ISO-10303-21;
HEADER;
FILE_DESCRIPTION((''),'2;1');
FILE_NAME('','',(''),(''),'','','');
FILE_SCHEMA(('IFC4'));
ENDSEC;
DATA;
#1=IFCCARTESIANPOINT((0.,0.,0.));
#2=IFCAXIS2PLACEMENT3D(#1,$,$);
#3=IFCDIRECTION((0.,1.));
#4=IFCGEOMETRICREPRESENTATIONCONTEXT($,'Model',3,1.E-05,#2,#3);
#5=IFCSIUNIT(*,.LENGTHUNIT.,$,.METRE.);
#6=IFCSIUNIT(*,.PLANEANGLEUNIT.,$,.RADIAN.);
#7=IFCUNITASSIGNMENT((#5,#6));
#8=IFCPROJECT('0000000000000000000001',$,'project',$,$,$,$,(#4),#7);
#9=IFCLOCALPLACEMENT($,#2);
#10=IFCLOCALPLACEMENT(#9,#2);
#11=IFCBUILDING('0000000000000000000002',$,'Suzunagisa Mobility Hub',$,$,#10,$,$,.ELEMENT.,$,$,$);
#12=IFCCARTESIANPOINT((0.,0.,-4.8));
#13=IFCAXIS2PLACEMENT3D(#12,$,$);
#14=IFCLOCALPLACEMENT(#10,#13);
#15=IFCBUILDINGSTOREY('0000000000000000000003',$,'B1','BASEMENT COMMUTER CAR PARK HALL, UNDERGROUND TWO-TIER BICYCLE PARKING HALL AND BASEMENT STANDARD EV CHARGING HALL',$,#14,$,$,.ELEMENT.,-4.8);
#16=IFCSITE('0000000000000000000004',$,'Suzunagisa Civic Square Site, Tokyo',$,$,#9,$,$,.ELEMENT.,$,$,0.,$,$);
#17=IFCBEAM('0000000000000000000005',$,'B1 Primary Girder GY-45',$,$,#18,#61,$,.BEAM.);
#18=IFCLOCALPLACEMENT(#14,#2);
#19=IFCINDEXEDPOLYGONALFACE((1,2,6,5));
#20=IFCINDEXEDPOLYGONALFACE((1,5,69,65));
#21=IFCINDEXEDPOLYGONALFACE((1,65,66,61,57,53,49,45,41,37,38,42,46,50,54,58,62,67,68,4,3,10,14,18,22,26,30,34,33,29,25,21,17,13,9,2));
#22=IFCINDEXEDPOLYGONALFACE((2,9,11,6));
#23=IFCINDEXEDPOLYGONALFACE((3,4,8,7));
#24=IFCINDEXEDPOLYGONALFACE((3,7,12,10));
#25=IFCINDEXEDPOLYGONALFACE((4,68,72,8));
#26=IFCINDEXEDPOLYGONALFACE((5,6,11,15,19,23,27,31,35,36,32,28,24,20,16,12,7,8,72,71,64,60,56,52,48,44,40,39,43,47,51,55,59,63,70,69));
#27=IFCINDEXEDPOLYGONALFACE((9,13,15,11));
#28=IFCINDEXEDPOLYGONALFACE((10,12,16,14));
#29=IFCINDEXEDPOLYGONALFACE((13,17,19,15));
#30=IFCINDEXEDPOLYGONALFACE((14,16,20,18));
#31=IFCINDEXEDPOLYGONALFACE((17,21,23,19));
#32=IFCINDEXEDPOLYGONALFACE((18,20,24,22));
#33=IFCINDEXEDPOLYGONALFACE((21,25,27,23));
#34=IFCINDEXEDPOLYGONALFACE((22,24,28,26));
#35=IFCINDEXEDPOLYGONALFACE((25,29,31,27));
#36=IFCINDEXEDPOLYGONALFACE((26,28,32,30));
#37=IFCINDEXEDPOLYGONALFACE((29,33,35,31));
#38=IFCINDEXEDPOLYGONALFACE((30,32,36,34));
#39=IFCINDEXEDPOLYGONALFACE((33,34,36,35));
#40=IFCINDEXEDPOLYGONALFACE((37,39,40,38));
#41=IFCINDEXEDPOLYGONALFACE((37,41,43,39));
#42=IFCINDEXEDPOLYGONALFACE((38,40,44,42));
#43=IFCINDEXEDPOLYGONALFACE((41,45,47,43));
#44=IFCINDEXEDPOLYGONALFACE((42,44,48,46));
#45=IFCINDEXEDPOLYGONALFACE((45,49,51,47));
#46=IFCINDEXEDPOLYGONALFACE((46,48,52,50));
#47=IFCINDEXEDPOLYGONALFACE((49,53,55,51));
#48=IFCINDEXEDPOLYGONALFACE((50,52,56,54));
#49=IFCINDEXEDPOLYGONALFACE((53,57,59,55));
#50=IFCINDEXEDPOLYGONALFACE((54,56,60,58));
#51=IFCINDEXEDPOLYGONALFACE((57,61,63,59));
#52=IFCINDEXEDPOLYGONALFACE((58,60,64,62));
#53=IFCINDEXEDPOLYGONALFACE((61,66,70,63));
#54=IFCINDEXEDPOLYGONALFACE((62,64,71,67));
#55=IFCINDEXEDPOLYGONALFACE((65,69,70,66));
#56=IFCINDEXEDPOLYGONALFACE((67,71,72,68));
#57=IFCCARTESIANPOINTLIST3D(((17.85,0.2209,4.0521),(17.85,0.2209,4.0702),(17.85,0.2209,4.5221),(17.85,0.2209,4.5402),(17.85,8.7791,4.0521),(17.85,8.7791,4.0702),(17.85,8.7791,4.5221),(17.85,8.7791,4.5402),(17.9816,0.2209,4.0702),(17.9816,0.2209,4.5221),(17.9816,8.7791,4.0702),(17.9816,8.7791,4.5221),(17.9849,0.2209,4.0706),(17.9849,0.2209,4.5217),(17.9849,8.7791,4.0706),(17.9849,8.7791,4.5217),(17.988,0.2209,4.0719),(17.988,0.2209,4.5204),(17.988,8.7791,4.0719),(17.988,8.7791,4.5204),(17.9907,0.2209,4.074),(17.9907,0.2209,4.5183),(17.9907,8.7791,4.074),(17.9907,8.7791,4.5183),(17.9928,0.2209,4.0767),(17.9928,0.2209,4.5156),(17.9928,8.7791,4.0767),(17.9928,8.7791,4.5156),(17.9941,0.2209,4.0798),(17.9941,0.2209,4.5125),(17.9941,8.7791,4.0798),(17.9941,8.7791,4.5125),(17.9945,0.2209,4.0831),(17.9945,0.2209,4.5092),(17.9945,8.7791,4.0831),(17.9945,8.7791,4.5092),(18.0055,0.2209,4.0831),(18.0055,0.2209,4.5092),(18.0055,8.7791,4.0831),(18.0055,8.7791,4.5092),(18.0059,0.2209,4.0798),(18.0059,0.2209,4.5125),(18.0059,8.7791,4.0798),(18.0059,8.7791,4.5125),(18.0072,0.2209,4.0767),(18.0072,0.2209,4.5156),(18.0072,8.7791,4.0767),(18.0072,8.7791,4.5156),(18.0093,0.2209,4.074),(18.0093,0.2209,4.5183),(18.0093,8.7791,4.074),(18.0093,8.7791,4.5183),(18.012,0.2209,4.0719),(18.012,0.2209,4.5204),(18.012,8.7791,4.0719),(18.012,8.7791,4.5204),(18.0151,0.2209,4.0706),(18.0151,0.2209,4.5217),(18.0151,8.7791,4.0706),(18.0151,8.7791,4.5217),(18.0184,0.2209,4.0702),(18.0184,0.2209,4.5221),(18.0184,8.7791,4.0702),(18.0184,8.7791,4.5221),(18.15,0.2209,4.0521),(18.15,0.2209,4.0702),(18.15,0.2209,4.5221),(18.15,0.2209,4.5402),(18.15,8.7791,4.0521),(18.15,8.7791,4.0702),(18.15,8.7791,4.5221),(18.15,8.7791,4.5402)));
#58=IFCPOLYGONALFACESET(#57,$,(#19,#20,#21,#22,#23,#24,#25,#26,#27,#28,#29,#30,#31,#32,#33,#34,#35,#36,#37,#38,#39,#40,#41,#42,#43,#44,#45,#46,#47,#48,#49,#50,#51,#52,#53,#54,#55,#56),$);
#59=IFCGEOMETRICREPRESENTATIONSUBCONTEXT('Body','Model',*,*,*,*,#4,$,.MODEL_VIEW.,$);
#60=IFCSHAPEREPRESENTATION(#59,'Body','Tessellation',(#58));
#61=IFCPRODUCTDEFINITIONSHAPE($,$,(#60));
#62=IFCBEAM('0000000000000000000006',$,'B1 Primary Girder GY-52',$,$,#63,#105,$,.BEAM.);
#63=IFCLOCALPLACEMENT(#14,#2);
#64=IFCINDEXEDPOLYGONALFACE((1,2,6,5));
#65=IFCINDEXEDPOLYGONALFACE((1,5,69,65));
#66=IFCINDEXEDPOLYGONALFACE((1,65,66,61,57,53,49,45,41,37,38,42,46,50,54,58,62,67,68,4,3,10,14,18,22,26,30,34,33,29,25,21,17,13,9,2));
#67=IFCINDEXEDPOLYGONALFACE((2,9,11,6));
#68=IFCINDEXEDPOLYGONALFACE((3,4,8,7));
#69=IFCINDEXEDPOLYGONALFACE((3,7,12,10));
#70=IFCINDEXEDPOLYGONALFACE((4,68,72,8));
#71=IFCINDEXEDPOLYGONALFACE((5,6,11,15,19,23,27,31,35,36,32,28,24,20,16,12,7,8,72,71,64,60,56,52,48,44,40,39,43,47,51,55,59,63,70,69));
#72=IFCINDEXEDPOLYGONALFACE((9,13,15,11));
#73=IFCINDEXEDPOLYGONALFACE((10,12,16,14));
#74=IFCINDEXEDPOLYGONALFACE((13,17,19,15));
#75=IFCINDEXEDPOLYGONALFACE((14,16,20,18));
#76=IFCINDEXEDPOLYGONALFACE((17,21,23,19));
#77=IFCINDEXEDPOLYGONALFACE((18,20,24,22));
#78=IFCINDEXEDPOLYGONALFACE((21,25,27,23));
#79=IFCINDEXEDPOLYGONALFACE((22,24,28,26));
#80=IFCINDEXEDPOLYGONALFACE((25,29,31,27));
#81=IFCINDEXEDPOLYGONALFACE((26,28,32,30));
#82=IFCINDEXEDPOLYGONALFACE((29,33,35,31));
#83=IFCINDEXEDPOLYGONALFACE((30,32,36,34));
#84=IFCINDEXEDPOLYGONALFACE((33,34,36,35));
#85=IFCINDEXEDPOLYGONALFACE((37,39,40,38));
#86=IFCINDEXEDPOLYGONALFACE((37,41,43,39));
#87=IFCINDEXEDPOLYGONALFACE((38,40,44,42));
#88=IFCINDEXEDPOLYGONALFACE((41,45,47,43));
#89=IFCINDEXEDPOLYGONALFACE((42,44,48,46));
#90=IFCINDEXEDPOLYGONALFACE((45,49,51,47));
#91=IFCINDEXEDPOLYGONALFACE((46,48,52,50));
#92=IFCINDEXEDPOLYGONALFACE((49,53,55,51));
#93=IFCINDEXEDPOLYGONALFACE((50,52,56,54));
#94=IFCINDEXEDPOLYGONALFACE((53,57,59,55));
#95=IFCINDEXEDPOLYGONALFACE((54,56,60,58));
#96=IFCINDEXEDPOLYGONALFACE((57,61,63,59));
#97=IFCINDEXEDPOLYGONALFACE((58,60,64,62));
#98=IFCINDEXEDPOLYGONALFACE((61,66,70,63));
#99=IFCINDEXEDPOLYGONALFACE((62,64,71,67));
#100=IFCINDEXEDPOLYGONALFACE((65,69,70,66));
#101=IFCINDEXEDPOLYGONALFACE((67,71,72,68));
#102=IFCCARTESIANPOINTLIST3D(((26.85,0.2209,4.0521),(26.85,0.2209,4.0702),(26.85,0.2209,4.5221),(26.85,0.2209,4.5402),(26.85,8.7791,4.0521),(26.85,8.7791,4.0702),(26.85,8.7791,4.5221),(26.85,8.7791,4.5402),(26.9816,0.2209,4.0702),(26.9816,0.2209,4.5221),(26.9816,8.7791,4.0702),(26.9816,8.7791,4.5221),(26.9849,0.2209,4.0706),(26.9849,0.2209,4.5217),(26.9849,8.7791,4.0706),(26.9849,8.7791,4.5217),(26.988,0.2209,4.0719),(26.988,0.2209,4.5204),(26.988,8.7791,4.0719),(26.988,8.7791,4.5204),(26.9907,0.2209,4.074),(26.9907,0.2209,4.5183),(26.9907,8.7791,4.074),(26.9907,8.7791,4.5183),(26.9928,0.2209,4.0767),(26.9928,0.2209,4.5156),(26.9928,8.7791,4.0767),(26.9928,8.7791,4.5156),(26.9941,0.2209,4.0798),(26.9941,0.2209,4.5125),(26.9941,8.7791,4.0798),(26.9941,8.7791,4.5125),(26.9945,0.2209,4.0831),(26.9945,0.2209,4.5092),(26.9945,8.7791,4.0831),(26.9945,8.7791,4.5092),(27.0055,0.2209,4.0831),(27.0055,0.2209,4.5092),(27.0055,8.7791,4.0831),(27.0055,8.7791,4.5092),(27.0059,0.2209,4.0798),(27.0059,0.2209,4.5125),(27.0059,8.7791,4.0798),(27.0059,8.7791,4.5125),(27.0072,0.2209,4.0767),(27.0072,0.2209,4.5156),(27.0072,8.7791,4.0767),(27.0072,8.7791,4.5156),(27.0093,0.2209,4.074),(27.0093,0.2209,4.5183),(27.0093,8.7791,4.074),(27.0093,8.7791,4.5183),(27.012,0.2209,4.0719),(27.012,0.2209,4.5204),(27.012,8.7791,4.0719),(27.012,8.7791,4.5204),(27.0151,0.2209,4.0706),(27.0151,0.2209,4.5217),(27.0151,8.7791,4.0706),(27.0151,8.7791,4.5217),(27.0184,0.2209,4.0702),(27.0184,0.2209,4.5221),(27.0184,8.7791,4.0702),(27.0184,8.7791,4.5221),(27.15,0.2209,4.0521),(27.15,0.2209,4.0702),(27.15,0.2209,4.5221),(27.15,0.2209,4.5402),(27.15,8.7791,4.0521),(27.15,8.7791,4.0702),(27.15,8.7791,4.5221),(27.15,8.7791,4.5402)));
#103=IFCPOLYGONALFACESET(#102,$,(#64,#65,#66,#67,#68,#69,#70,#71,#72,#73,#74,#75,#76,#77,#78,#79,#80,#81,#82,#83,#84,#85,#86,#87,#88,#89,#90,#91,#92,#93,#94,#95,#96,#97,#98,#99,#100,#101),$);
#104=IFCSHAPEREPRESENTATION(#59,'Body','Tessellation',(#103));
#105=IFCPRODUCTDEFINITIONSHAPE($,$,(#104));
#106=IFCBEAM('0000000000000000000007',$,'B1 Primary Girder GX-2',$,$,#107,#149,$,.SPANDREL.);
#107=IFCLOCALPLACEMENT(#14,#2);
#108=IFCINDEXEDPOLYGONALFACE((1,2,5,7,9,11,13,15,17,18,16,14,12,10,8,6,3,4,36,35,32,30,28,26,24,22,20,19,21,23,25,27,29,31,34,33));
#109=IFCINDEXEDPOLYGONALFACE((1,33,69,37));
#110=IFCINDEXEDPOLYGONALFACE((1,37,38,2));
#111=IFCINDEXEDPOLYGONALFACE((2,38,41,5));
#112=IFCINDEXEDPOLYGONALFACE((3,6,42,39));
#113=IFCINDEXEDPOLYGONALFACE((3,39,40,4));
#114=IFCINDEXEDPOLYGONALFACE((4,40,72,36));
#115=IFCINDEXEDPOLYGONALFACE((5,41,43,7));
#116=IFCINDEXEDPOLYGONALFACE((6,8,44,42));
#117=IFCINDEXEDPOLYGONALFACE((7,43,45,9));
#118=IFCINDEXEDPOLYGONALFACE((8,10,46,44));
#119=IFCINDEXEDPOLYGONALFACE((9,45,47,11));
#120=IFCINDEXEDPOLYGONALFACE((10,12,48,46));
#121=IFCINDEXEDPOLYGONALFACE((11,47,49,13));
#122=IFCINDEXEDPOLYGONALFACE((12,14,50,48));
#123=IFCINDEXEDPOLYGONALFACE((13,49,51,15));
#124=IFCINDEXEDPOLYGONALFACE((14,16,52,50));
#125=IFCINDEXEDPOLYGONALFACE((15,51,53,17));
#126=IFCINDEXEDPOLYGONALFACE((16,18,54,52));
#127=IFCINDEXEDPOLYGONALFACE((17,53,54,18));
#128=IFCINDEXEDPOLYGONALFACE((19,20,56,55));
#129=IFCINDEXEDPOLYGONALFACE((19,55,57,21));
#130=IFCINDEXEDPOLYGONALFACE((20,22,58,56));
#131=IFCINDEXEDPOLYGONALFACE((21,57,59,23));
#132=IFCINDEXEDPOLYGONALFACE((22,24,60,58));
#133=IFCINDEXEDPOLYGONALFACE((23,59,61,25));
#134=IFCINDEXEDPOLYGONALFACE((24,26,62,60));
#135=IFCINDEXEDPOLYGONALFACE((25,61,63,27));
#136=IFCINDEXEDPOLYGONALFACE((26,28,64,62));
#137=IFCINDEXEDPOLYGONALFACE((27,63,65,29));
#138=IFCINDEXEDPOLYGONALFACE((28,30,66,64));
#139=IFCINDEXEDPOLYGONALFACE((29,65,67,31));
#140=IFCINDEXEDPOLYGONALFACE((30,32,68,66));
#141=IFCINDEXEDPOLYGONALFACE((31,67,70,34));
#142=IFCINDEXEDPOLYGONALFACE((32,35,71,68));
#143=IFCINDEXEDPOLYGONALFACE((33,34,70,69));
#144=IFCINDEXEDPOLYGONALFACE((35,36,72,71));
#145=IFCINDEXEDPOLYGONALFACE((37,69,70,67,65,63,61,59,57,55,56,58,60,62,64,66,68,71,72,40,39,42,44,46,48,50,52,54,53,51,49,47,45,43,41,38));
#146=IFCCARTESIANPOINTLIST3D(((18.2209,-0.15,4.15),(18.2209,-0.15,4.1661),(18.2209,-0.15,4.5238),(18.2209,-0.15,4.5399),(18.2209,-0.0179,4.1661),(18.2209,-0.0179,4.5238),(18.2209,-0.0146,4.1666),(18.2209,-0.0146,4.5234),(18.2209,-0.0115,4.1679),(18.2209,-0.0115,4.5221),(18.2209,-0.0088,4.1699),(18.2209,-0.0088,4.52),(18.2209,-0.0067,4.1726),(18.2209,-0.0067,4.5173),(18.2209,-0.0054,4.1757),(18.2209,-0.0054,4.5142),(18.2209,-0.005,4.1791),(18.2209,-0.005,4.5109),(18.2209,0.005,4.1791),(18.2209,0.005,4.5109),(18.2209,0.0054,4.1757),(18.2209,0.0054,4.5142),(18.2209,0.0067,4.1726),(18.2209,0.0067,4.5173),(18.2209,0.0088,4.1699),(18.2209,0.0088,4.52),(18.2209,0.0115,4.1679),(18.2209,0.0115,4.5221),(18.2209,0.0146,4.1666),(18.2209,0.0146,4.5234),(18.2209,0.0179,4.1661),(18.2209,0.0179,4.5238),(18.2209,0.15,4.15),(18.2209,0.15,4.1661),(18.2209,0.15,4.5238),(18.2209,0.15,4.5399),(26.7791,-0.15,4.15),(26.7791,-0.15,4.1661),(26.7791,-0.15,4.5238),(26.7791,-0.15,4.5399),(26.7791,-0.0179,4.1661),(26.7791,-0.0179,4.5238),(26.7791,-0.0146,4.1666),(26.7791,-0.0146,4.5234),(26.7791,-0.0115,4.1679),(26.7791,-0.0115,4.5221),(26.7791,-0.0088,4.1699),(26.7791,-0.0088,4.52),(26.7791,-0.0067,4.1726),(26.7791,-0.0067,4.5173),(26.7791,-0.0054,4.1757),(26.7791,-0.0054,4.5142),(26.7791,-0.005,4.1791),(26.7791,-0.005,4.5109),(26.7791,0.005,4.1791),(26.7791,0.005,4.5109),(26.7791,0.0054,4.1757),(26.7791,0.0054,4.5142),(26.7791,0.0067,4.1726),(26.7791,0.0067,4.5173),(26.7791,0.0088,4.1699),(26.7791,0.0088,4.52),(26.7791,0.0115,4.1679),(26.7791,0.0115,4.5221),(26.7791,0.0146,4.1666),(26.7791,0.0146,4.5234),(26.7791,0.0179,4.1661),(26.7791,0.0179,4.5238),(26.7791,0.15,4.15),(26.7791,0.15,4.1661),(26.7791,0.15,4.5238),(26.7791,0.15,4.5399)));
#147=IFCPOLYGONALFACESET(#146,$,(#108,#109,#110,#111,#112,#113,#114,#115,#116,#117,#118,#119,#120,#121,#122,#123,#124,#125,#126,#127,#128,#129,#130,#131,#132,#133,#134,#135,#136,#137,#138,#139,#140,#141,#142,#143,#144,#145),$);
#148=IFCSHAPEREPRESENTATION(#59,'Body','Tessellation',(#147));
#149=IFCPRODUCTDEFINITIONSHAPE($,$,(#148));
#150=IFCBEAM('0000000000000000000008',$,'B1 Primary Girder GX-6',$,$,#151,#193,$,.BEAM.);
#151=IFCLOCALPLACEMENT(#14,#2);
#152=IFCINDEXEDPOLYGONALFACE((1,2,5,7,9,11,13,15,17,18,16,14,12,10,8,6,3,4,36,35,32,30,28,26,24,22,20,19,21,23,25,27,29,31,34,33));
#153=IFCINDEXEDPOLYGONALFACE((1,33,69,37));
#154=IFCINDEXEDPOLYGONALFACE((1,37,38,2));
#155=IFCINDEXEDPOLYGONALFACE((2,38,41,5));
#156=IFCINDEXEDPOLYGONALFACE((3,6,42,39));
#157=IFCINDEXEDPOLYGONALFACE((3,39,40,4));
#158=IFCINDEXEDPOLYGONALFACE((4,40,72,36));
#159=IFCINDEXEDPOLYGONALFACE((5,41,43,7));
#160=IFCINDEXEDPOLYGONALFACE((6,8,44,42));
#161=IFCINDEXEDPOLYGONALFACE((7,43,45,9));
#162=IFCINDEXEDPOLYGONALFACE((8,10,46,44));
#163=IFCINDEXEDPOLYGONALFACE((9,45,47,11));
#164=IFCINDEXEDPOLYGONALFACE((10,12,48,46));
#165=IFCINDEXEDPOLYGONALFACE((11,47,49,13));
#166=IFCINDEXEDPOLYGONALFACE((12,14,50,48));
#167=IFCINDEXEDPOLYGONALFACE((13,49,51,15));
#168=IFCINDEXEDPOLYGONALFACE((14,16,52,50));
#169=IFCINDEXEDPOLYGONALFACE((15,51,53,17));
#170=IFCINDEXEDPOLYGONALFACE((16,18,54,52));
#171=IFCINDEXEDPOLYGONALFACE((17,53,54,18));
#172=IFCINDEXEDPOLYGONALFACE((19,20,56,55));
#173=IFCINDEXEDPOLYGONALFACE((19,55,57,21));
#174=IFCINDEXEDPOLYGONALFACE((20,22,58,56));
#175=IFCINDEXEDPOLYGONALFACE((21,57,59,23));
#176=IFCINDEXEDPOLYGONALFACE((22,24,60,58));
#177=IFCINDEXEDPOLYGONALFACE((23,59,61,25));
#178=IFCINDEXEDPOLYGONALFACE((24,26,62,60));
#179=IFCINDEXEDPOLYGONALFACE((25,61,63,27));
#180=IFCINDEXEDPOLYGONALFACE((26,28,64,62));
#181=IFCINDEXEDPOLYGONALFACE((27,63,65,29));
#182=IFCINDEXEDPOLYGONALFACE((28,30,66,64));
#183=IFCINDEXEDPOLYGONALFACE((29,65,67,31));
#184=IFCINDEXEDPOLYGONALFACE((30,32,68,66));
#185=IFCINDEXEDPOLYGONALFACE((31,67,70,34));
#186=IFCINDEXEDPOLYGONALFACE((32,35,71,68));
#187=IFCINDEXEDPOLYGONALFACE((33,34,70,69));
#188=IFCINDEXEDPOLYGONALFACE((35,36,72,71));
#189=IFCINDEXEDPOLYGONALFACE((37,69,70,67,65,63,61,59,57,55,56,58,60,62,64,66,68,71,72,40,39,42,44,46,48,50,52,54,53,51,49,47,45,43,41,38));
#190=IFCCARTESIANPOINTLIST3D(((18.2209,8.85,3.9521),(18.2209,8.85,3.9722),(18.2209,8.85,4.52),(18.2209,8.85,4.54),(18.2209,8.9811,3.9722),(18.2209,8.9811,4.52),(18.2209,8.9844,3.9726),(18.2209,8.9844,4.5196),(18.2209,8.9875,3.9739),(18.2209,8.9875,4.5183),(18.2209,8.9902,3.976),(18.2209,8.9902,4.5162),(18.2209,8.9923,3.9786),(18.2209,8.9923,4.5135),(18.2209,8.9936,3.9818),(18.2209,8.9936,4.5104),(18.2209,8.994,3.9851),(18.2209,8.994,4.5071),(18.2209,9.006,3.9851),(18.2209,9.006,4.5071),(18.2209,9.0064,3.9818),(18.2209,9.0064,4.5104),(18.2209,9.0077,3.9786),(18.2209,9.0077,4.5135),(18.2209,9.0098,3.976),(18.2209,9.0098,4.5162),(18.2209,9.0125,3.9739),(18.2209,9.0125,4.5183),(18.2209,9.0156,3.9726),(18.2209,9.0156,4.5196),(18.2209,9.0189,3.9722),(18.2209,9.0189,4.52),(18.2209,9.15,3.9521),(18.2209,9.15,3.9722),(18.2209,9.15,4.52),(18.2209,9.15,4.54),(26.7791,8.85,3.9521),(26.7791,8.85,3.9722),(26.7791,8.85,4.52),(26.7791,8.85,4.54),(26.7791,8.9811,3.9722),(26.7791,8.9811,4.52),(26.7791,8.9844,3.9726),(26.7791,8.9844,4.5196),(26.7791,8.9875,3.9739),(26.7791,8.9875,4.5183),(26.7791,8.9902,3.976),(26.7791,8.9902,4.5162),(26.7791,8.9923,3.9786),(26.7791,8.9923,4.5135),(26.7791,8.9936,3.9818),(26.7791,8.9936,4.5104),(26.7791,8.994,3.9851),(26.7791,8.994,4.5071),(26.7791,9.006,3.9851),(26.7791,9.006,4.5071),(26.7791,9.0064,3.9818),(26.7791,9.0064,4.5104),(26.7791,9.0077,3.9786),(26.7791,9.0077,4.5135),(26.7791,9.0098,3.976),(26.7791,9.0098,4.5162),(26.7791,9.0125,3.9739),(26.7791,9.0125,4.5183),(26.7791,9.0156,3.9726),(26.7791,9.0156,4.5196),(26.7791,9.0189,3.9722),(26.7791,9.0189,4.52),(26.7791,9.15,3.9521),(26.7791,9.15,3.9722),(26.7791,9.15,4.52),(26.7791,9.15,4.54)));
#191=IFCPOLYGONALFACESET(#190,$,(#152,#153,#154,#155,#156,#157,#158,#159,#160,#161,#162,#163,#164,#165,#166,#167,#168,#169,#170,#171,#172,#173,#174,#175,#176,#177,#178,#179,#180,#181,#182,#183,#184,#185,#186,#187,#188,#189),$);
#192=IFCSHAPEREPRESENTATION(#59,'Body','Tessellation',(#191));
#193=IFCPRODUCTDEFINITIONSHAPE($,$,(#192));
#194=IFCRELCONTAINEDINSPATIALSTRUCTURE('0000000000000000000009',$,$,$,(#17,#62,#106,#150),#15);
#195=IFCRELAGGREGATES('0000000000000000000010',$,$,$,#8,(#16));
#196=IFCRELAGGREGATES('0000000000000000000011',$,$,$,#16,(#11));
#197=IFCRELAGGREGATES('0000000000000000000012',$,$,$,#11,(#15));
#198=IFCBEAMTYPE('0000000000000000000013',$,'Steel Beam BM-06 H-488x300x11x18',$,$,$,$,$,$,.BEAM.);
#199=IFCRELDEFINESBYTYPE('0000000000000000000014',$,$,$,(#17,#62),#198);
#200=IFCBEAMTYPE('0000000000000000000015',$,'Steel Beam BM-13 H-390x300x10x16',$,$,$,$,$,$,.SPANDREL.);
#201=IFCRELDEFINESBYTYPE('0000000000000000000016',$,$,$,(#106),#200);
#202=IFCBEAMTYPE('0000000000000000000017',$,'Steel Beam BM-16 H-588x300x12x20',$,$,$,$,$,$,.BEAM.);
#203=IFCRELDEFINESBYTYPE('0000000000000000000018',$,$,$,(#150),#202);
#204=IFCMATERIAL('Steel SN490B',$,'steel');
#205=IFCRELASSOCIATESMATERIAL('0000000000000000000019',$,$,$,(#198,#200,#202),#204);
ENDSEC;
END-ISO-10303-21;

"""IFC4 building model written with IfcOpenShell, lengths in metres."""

from ifc_helpers import new_model, si_unit, direction, frame, origin, origin_2d, place, context, subcontext, project, spatial, i_section, extrude, material, material_profile, profile_set, type_object, element, save


model = new_model("IFC4")

# Units and contexts
model_context = context("Model", 3, precision=1e-05, world=origin(), true_north=direction((0.0, 1.0)))
body_context = subcontext(model_context, "Body", "Model", "MODEL_VIEW")
ifc_project = project(units=[si_unit("LENGTHUNIT", "METRE"), si_unit("PLANEANGLEUNIT", "RADIAN")], contexts=[model_context])

# Site, building, storey
site_placement = place(None, origin())
site = spatial("IfcSite", under=ifc_project, at=site_placement, Name="Suzunagisa Civic Square Site, Tokyo", CompositionType="ELEMENT", RefElevation=0.0)
building_placement = place(site_placement, origin())
building = spatial("IfcBuilding", under=site, at=building_placement, Name="Suzunagisa Mobility Hub", CompositionType="ELEMENT")
storey_placement = place(building_placement, frame((0.0, 0.0, -4.8)))
storey = spatial("IfcBuildingStorey", under=building, at=storey_placement, Name="B1", Description="BASEMENT COMMUTER CAR PARK HALL, UNDERGROUND TWO-TIER BICYCLE PARKING HALL AND BASEMENT STANDARD EV CHARGING HALL", CompositionType="ELEMENT", Elevation=-4.8)

# Shared definitions
ifc_material_1 = material(Name="Steel SN490B", Category="steel")

# Beams
ifc_material_profile_1 = material_profile(ifc_material_1, i_section(OverallWidth=0.3, OverallDepth=0.488, WebThickness=0.011, FlangeThickness=0.0181, FilletRadius=0.0129, at=origin_2d()), Name="H-488x300x11x18")
ifc_profile_set_1 = profile_set([ifc_material_profile_1], Name="Steel SN490B")
beam_type_1 = type_object("IfcBeamType", Name="Steel Beam BM-06 H-488x300x11x18", PredefinedType="BEAM", material=ifc_profile_set_1)
for number, where, z_axis, x_axis, name in (
    (1, (18.0, 0.2209, 4.2961), (0.0, 1.0, 0.0), (-1.0, 0.0, 0.0), "B1 Primary Girder GY-45"),
    (2, (27.0, 0.2209, 4.2961), (0.0, 1.0, 0.0), (-1.0, 0.0, 0.0), "B1 Primary Girder GY-52"),
):
    element("IfcBeam", number, at=place(storey_placement, frame(where, z_axis=z_axis, x_axis=x_axis)), inside=storey, type_object=beam_type_1, Name=name, PredefinedType="BEAM", context=body_context, shape_type="SweptSolid", body=[
        extrude(i_section(OverallWidth=0.3, OverallDepth=0.488, WebThickness=0.011, FlangeThickness=0.0181, FilletRadius=0.0129, at=origin_2d()), origin(), (0.0, 0.0, 1.0), 8.5581),
    ])
ifc_material_profile_2 = material_profile(ifc_material_1, i_section(OverallWidth=0.3, OverallDepth=0.3899, WebThickness=0.01, FlangeThickness=0.0161, FilletRadius=0.0129, at=origin_2d()), Name="H-390x300x10x16")
ifc_profile_set_2 = profile_set([ifc_material_profile_2], Name="Steel SN490B")
beam_type_2 = type_object("IfcBeamType", Name="Steel Beam BM-13 H-390x300x10x16", PredefinedType="SPANDREL", material=ifc_profile_set_2)
beam_1_placement = place(storey_placement, frame((18.2209, 0.0, 4.345), z_axis=(1.0, 0.0, 0.0), x_axis=(0.0, 1.0, 0.0)))
element("IfcBeam", 3, at=beam_1_placement, inside=storey, type_object=beam_type_2, Name="B1 Primary Girder GX-2", PredefinedType="SPANDREL", context=body_context, shape_type="SweptSolid", body=[
    extrude(i_section(OverallWidth=0.3, OverallDepth=0.3899, WebThickness=0.01, FlangeThickness=0.0161, FilletRadius=0.0129, at=origin_2d()), origin(), (0.0, 0.0, 1.0), 8.5581),
])
ifc_material_profile_3 = material_profile(ifc_material_1, i_section(OverallWidth=0.3, OverallDepth=0.5879, WebThickness=0.012, FlangeThickness=0.02, FilletRadius=0.0129, at=origin_2d()), Name="H-588x300x12x20")
ifc_profile_set_3 = profile_set([ifc_material_profile_3], Name="Steel SN490B")
beam_type_3 = type_object("IfcBeamType", Name="Steel Beam BM-16 H-588x300x12x20", PredefinedType="BEAM", material=ifc_profile_set_3)
beam_2_placement = place(storey_placement, frame((18.2209, 9.0, 4.2461), z_axis=(1.0, 0.0, 0.0), x_axis=(0.0, 1.0, 0.0)))
element("IfcBeam", 4, at=beam_2_placement, inside=storey, type_object=beam_type_3, Name="B1 Primary Girder GX-6", PredefinedType="BEAM", context=body_context, shape_type="SweptSolid", body=[
    extrude(i_section(OverallWidth=0.3, OverallDepth=0.5879, WebThickness=0.012, FlangeThickness=0.02, FilletRadius=0.0129, at=origin_2d()), origin(), (0.0, 0.0, 1.0), 8.5581),
])

save(model, "model.ifc")
